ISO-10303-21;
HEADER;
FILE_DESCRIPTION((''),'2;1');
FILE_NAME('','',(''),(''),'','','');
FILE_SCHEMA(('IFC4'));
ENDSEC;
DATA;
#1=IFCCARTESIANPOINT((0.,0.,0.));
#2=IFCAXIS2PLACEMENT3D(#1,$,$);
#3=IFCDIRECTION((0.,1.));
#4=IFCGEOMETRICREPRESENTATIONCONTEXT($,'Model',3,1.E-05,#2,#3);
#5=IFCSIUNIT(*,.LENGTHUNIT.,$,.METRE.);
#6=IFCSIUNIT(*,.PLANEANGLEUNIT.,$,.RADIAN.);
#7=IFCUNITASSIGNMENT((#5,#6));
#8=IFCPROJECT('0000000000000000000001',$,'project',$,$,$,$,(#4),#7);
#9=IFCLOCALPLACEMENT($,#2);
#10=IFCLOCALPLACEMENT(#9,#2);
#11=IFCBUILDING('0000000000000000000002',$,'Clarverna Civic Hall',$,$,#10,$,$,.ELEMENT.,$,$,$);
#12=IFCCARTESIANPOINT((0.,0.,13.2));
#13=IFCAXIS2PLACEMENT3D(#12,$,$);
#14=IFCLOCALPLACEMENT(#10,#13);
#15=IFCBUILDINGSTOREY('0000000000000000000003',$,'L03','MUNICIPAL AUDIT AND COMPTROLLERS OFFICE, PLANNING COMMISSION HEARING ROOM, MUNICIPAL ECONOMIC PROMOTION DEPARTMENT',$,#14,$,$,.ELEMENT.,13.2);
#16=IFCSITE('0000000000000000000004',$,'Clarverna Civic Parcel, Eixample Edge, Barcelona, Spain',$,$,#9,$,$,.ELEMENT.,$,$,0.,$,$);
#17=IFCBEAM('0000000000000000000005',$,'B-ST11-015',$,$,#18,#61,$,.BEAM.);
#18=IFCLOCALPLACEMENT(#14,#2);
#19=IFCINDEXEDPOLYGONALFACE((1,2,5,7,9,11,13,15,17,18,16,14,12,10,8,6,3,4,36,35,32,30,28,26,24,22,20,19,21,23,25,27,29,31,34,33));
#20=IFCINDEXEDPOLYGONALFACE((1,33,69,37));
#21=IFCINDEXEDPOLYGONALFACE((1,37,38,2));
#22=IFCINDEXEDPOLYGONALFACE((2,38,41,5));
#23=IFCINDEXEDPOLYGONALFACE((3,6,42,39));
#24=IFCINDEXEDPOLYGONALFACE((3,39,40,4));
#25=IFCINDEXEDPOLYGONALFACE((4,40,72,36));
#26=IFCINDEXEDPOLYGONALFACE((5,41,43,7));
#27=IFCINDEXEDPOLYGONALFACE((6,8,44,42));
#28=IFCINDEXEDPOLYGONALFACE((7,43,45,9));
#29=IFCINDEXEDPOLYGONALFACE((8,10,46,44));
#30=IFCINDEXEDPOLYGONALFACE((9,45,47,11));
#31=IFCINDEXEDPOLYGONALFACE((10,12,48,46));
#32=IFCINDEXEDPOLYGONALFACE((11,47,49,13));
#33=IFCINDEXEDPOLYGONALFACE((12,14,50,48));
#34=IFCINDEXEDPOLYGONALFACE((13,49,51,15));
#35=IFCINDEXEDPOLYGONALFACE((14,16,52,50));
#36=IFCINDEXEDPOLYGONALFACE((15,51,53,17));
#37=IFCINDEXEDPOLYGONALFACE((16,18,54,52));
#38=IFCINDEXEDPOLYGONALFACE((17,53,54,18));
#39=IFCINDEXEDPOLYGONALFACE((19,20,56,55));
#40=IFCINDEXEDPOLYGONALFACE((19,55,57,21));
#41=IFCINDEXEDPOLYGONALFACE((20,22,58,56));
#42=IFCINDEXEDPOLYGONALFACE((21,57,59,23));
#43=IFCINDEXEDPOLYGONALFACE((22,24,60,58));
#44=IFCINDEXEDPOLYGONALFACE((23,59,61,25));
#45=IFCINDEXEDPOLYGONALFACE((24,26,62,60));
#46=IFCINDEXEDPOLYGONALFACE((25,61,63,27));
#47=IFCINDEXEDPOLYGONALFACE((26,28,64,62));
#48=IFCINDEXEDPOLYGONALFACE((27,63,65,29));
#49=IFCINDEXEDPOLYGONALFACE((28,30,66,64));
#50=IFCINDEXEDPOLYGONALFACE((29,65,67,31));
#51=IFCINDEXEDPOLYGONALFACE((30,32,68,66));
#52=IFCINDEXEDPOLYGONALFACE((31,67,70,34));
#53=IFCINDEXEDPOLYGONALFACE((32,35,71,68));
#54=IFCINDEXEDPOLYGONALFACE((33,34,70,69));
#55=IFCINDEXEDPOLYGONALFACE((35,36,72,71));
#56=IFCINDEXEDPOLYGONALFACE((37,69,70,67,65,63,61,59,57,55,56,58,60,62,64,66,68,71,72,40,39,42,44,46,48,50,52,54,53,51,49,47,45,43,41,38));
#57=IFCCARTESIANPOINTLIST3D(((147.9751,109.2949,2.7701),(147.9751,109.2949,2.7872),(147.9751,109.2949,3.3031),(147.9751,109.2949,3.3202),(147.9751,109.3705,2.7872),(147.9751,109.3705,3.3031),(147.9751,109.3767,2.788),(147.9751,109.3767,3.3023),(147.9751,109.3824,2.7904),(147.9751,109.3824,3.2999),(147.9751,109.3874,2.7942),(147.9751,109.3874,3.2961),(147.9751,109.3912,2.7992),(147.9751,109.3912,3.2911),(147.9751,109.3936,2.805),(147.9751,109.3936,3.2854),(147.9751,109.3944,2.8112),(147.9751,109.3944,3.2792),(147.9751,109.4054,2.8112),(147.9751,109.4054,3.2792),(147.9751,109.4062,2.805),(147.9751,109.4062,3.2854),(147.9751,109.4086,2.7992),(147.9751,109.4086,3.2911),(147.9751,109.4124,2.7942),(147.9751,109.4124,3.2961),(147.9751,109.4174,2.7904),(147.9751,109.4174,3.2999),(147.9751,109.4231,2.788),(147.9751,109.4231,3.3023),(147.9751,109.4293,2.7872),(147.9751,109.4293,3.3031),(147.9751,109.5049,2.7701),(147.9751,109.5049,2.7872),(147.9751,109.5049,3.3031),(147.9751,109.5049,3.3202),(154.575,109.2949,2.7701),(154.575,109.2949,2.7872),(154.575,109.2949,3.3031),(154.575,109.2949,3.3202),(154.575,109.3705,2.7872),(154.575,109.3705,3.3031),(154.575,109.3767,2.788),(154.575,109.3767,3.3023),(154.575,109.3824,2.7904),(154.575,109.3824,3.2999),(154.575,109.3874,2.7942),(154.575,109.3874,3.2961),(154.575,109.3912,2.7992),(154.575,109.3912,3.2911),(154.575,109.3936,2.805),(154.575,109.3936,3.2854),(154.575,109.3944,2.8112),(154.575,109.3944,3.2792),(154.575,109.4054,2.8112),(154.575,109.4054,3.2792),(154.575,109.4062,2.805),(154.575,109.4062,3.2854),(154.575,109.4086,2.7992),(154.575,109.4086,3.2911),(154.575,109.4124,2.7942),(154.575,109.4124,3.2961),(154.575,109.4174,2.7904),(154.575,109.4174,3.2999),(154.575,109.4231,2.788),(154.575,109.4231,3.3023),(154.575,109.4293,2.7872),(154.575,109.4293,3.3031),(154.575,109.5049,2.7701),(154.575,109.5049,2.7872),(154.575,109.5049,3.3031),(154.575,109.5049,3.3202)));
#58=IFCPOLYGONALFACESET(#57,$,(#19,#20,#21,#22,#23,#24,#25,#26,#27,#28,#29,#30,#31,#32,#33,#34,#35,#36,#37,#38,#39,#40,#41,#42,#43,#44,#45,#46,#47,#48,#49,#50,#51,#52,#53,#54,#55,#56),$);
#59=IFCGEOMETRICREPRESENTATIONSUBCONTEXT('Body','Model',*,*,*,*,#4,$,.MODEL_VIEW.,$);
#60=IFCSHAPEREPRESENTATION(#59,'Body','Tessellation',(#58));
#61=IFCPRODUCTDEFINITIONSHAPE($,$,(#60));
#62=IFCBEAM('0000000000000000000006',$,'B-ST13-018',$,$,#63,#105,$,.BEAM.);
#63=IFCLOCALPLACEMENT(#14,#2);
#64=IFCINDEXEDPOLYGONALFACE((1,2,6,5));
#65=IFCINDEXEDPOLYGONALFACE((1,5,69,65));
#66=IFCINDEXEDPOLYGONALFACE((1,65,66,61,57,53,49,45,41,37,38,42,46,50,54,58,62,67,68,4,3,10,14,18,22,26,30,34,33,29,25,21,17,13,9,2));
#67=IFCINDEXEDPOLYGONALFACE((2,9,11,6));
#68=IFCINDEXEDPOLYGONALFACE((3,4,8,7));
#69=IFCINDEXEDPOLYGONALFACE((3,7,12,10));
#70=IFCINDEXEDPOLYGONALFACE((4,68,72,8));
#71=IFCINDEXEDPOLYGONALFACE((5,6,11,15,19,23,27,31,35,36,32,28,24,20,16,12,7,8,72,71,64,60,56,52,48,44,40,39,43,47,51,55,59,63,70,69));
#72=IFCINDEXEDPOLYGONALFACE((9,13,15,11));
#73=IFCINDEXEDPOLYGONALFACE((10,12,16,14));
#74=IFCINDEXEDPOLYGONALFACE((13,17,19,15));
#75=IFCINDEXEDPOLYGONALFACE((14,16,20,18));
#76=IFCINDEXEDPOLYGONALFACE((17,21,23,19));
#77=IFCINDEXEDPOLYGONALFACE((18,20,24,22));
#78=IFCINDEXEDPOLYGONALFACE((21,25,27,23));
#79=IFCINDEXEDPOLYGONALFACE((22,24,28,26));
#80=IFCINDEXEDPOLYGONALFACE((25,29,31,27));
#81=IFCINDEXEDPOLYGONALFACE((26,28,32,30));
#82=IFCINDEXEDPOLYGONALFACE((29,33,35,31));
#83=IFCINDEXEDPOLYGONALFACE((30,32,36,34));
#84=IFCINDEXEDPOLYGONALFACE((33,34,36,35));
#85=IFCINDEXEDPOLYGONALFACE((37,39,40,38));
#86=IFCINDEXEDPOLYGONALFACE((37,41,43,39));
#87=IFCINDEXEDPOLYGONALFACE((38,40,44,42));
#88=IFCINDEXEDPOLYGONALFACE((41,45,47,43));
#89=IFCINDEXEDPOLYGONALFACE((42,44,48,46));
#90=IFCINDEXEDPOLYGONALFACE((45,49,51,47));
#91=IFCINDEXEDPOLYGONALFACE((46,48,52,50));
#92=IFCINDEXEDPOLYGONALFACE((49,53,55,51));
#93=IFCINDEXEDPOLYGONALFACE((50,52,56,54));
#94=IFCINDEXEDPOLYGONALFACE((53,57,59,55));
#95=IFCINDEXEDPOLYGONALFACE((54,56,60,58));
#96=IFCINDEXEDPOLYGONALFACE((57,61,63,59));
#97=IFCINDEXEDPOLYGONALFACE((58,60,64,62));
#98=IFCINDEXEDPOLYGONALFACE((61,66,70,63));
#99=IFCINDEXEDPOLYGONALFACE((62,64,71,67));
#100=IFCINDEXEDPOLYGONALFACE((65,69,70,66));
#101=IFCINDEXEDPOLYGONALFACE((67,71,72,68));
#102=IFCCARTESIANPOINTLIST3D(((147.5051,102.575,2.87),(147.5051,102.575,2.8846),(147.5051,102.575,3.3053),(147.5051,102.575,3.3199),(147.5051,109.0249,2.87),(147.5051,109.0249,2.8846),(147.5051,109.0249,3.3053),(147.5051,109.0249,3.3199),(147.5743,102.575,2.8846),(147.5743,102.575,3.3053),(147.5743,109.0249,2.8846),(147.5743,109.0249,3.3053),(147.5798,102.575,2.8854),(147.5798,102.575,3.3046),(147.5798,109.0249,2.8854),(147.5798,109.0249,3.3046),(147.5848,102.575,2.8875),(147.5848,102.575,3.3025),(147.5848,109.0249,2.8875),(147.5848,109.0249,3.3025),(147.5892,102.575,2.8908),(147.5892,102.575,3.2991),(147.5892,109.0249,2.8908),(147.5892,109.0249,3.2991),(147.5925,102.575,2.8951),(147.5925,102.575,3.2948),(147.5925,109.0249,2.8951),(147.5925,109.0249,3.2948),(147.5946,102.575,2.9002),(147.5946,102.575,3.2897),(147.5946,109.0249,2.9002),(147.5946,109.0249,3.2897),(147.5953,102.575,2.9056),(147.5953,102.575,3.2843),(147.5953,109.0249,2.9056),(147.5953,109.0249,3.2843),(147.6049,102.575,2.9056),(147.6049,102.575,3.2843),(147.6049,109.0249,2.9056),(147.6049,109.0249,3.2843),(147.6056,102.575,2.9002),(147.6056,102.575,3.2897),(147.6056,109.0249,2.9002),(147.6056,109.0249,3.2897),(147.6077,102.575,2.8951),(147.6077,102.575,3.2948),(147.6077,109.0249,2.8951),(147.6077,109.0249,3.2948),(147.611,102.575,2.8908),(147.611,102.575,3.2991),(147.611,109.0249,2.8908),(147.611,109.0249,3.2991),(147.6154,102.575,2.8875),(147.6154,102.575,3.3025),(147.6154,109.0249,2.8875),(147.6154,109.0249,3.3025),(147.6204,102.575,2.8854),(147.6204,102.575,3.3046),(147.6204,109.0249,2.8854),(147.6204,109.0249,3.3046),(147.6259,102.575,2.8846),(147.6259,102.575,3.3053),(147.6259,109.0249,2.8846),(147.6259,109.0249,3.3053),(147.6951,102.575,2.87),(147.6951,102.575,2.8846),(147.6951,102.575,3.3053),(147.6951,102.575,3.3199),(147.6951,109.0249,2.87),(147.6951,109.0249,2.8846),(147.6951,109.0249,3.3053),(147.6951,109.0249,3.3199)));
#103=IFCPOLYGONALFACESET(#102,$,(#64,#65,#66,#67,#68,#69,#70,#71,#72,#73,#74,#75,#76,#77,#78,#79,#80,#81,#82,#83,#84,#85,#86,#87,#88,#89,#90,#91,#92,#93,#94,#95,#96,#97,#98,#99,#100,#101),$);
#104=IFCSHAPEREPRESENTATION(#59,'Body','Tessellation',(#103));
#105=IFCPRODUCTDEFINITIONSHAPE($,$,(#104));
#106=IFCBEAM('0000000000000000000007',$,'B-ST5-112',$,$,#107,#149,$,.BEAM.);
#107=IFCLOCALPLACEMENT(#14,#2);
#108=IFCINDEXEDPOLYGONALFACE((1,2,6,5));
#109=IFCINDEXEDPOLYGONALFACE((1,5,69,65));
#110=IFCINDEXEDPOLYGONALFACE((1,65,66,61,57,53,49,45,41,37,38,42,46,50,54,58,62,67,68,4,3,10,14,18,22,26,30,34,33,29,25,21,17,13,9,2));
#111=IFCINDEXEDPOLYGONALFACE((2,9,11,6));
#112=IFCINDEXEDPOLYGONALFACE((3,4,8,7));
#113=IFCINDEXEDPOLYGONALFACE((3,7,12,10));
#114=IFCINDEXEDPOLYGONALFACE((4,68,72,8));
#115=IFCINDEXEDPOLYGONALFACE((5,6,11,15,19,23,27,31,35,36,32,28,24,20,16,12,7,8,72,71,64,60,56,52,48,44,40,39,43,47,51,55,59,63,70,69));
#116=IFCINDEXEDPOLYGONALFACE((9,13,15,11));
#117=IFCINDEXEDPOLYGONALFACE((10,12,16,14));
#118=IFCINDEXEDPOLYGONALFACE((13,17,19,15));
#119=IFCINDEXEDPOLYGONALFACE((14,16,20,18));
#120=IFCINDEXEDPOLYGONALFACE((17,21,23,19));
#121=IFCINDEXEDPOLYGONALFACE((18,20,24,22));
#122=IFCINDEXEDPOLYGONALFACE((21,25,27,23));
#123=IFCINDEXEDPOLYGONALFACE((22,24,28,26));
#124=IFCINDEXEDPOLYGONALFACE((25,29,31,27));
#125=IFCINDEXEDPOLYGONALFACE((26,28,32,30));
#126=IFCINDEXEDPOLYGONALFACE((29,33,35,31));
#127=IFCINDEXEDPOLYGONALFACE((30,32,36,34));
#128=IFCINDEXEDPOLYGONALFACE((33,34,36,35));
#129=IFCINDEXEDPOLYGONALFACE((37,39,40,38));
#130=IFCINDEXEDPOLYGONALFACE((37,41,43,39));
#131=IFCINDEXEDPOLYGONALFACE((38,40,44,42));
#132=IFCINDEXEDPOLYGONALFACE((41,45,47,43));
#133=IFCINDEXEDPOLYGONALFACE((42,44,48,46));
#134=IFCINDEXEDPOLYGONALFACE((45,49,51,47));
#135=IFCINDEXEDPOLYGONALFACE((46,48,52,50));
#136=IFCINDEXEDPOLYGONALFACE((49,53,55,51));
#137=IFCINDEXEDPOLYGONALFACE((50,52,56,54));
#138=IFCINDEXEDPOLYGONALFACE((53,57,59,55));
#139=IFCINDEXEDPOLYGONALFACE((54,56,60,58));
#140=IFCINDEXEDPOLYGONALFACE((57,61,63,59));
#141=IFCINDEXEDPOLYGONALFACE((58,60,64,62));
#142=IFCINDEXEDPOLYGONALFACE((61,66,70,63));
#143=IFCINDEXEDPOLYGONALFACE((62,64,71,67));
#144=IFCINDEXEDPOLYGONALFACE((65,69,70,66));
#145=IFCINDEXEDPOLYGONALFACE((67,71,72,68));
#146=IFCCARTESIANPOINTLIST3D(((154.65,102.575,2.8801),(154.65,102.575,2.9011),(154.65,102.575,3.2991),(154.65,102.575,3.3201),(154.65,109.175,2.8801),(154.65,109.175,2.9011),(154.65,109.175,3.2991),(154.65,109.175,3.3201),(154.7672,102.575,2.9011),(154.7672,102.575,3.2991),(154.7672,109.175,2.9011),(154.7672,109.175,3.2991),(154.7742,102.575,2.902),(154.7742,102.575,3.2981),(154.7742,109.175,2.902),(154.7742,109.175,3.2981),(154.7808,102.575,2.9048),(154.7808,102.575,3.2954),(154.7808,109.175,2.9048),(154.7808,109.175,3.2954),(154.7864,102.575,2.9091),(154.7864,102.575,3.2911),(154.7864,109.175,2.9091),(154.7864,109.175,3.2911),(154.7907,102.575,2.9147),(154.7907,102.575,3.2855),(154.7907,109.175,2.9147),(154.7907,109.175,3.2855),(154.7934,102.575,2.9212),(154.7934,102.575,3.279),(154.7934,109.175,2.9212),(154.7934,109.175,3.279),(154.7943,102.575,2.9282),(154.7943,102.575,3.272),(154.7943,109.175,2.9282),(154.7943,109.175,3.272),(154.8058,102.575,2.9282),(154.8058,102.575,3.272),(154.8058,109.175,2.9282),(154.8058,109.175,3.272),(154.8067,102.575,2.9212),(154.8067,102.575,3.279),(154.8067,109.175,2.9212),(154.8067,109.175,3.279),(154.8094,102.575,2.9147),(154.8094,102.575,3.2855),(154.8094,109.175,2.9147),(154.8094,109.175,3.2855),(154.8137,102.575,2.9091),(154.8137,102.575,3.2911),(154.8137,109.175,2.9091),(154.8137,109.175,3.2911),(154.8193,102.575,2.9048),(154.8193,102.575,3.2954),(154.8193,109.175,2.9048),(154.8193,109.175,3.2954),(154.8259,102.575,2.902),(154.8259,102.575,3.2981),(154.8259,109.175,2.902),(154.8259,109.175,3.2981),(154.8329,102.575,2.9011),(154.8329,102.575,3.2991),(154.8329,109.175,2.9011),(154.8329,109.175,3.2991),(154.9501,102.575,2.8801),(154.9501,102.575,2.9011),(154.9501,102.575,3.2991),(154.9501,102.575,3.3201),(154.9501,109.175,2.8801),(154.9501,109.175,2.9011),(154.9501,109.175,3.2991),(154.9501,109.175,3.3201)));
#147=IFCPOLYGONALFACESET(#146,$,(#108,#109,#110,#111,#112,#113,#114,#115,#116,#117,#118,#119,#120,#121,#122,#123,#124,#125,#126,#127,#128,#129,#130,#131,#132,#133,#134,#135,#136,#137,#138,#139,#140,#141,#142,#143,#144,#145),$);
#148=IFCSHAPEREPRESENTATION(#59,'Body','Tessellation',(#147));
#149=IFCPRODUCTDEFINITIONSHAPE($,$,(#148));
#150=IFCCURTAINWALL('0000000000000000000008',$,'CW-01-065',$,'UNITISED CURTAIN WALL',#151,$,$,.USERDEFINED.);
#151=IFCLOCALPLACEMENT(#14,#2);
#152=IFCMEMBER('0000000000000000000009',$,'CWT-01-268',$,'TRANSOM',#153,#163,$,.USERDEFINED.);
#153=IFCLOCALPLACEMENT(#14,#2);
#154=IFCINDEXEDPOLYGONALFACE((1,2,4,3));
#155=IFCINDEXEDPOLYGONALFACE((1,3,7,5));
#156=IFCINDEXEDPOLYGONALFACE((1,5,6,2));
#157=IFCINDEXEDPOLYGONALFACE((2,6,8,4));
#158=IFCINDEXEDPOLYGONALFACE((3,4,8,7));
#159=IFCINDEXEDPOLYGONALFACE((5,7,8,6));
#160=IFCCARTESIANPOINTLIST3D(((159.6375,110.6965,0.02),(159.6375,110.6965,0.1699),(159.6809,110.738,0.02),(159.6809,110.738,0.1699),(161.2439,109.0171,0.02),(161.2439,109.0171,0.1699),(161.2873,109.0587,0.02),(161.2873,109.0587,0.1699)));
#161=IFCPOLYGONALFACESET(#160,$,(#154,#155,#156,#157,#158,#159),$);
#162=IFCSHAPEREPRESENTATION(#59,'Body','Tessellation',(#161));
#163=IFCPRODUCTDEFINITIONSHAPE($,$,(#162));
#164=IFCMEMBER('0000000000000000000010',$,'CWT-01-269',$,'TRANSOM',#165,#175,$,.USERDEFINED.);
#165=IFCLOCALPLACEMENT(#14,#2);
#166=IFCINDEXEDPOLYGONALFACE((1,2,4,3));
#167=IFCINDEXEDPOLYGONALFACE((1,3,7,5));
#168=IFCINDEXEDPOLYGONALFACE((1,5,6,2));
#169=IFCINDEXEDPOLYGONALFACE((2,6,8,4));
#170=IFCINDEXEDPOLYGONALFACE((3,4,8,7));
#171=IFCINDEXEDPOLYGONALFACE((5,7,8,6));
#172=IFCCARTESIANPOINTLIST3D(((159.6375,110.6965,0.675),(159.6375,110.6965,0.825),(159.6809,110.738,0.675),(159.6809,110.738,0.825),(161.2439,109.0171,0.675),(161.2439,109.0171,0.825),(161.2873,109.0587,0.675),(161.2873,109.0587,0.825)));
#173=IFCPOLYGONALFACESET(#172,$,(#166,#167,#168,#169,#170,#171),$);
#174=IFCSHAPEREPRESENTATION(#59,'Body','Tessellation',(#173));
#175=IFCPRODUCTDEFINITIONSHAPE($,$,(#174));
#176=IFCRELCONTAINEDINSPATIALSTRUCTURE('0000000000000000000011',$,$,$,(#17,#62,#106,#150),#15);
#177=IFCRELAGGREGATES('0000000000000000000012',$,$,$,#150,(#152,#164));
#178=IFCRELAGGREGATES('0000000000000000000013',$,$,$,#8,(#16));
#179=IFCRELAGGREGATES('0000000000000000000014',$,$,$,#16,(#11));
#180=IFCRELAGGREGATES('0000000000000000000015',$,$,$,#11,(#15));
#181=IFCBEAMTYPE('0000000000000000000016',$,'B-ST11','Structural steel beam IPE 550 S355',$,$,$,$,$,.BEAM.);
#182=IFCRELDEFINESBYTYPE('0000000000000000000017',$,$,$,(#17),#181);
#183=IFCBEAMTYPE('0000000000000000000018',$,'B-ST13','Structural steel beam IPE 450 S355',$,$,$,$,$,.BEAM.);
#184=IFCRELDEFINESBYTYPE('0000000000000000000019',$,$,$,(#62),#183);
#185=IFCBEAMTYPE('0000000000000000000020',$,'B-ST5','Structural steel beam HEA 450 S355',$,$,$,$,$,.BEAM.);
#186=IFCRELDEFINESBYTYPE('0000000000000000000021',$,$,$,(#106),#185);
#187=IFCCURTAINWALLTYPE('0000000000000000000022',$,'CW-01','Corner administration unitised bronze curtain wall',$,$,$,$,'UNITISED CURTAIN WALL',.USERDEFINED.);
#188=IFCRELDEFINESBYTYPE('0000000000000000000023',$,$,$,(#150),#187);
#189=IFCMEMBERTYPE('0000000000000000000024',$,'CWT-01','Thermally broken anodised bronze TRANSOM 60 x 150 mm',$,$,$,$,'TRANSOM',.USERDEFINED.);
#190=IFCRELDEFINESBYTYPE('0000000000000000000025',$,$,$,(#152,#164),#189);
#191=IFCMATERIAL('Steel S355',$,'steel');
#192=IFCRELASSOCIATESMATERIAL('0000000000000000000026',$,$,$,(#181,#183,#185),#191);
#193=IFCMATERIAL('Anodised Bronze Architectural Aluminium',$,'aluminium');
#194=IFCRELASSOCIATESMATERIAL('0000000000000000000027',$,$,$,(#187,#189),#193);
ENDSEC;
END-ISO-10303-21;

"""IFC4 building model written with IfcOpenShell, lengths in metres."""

from ifc_helpers import new_model, si_unit, direction, frame, origin, origin_2d, place, context, subcontext, project, spatial, rectangle, i_section, extrude, material, material_profile, profile_set, type_object, element, aggregate, save


model = new_model("IFC4")

# Units and contexts
model_context = context("Model", 3, precision=1e-05, world=origin(), true_north=direction((0.0, 1.0)))
body_context = subcontext(model_context, "Body", "Model", "MODEL_VIEW")
ifc_project = project(units=[si_unit("LENGTHUNIT", "METRE"), si_unit("PLANEANGLEUNIT", "RADIAN")], contexts=[model_context])

# Site, building, storey
site_placement = place(None, origin())
site = spatial("IfcSite", under=ifc_project, at=site_placement, Name="Clarverna Civic Parcel, Eixample Edge, Barcelona, Spain", CompositionType="ELEMENT", RefElevation=0.0)
building_placement = place(site_placement, origin())
building = spatial("IfcBuilding", under=site, at=building_placement, Name="Clarverna Civic Hall", CompositionType="ELEMENT")
storey_placement = place(building_placement, frame((0.0, 0.0, 13.2)))
storey = spatial("IfcBuildingStorey", under=building, at=storey_placement, Name="L03", Description="MUNICIPAL AUDIT AND COMPTROLLERS OFFICE, PLANNING COMMISSION HEARING ROOM, MUNICIPAL ECONOMIC PROMOTION DEPARTMENT", CompositionType="ELEMENT", Elevation=13.2)

# Beams
ifc_material_1 = material(Name="Steel S355", Category="steel")
ifc_material_profile_1 = material_profile(ifc_material_1, i_section(OverallWidth=0.21, OverallDepth=0.55, WebThickness=0.011, FlangeThickness=0.0171, FilletRadius=0.0239, at=origin_2d()), Name="IPE 550")
ifc_profile_set_1 = profile_set([ifc_material_profile_1], Name="Steel S355")
beam_type_1 = type_object("IfcBeamType", Name="B-ST11", Description="Structural steel beam IPE 550 S355", PredefinedType="BEAM", material=ifc_profile_set_1)
beam_1_placement = place(storey_placement, frame((147.9751, 109.3999, 3.0452), z_axis=(1.0, 0.0, 0.0), x_axis=(0.0, 1.0, 0.0)))
element("IfcBeam", 1, at=beam_1_placement, inside=storey, type_object=beam_type_1, Name="B-ST11-015", PredefinedType="BEAM", context=body_context, shape_type="SweptSolid", body=[
    extrude(i_section(OverallWidth=0.21, OverallDepth=0.55, WebThickness=0.011, FlangeThickness=0.0171, FilletRadius=0.0239, at=origin_2d()), origin(), (0.0, 0.0, 1.0), 6.5999),
])
ifc_material_profile_2 = material_profile(ifc_material_1, i_section(OverallWidth=0.1899, OverallDepth=0.45, WebThickness=0.0095, FlangeThickness=0.0146, FilletRadius=0.021, at=origin_2d()), Name="IPE 450")
ifc_profile_set_2 = profile_set([ifc_material_profile_2], Name="Steel S355")
beam_type_2 = type_object("IfcBeamType", Name="B-ST13", Description="Structural steel beam IPE 450 S355", PredefinedType="BEAM", material=ifc_profile_set_2)
beam_2_placement = place(storey_placement, frame((147.6001, 102.575, 3.095), z_axis=(0.0, 1.0, 0.0), x_axis=(-1.0, 0.0, 0.0)))
element("IfcBeam", 2, at=beam_2_placement, inside=storey, type_object=beam_type_2, Name="B-ST13-018", PredefinedType="BEAM", context=body_context, shape_type="SweptSolid", body=[
    extrude(i_section(OverallWidth=0.1899, OverallDepth=0.45, WebThickness=0.0095, FlangeThickness=0.0146, FilletRadius=0.021, at=origin_2d()), origin(), (0.0, 0.0, 1.0), 6.45),
])
ifc_material_profile_3 = material_profile(ifc_material_1, i_section(OverallWidth=0.3, OverallDepth=0.4399, WebThickness=0.0115, FlangeThickness=0.021, FilletRadius=0.0271, at=origin_2d()), Name="HEA 450")
ifc_profile_set_3 = profile_set([ifc_material_profile_3], Name="Steel S355")
beam_type_3 = type_object("IfcBeamType", Name="B-ST5", Description="Structural steel beam HEA 450 S355", PredefinedType="BEAM", material=ifc_profile_set_3)
beam_3_placement = place(storey_placement, frame((154.8, 102.575, 3.1001), z_axis=(0.0, 1.0, 0.0), x_axis=(-1.0, 0.0, 0.0)))
element("IfcBeam", 3, at=beam_3_placement, inside=storey, type_object=beam_type_3, Name="B-ST5-112", PredefinedType="BEAM", context=body_context, shape_type="SweptSolid", body=[
    extrude(i_section(OverallWidth=0.3, OverallDepth=0.4399, WebThickness=0.0115, FlangeThickness=0.021, FilletRadius=0.0271, at=origin_2d()), origin(), (0.0, 0.0, 1.0), 6.6001),
])

# Curtain wall, members
ifc_material_2 = material(Name="Anodised Bronze Architectural Aluminium", Category="aluminium")
curtain_wall_type = type_object("IfcCurtainWallType", Name="CW-01", Description="Corner administration unitised bronze curtain wall", ElementType="UNITISED CURTAIN WALL", PredefinedType="USERDEFINED", material=ifc_material_2)
curtain_wall_placement = place(storey_placement, origin())
curtain_wall = element("IfcCurtainWall", 4, at=curtain_wall_placement, inside=storey, type_object=curtain_wall_type, Name="CW-01-065", ObjectType="UNITISED CURTAIN WALL", PredefinedType="USERDEFINED")
ifc_material_profile_4 = material_profile(ifc_material_2, rectangle(XDim=0.0601, YDim=0.1499, at=origin_2d()), Name="BRONZE 60x150")
ifc_profile_set_4 = profile_set([ifc_material_profile_4], Name="Anodised Bronze Architectural Aluminium")
member_type = type_object("IfcMemberType", Name="CWT-01", Description="Thermally broken anodised bronze TRANSOM 60 x 150 mm", ElementType="TRANSOM", PredefinedType="USERDEFINED", material=ifc_profile_set_4)
member_1_placement = place(storey_placement, frame((159.6592, 110.7173, 0.095), z_axis=(0.691227, -0.722637, 0.0), x_axis=(0.722637, 0.691227, 0.0)))
member_1 = element("IfcMember", 5, at=member_1_placement, type_object=member_type, Name="CWT-01-268", ObjectType="TRANSOM", PredefinedType="USERDEFINED", context=body_context, shape_type="SweptSolid", body=[
    extrude(rectangle(XDim=0.0601, YDim=0.1499, at=origin_2d()), origin(), (0.0, 0.0, 1.0), 2.324),
])
member_2_placement = place(storey_placement, frame((159.6592, 110.7173, 0.75), z_axis=(0.691227, -0.722637, 0.0), x_axis=(0.722637, 0.691227, 0.0)))
member_2 = element("IfcMember", 6, at=member_2_placement, type_object=member_type, Name="CWT-01-269", ObjectType="TRANSOM", PredefinedType="USERDEFINED", context=body_context, shape_type="SweptSolid", body=[
    extrude(rectangle(XDim=0.0601, YDim=0.1499, at=origin_2d()), origin(), (0.0, 0.0, 1.0), 2.324),
])
aggregate(curtain_wall, [member_1, member_2])

save(model, "model.ifc")
